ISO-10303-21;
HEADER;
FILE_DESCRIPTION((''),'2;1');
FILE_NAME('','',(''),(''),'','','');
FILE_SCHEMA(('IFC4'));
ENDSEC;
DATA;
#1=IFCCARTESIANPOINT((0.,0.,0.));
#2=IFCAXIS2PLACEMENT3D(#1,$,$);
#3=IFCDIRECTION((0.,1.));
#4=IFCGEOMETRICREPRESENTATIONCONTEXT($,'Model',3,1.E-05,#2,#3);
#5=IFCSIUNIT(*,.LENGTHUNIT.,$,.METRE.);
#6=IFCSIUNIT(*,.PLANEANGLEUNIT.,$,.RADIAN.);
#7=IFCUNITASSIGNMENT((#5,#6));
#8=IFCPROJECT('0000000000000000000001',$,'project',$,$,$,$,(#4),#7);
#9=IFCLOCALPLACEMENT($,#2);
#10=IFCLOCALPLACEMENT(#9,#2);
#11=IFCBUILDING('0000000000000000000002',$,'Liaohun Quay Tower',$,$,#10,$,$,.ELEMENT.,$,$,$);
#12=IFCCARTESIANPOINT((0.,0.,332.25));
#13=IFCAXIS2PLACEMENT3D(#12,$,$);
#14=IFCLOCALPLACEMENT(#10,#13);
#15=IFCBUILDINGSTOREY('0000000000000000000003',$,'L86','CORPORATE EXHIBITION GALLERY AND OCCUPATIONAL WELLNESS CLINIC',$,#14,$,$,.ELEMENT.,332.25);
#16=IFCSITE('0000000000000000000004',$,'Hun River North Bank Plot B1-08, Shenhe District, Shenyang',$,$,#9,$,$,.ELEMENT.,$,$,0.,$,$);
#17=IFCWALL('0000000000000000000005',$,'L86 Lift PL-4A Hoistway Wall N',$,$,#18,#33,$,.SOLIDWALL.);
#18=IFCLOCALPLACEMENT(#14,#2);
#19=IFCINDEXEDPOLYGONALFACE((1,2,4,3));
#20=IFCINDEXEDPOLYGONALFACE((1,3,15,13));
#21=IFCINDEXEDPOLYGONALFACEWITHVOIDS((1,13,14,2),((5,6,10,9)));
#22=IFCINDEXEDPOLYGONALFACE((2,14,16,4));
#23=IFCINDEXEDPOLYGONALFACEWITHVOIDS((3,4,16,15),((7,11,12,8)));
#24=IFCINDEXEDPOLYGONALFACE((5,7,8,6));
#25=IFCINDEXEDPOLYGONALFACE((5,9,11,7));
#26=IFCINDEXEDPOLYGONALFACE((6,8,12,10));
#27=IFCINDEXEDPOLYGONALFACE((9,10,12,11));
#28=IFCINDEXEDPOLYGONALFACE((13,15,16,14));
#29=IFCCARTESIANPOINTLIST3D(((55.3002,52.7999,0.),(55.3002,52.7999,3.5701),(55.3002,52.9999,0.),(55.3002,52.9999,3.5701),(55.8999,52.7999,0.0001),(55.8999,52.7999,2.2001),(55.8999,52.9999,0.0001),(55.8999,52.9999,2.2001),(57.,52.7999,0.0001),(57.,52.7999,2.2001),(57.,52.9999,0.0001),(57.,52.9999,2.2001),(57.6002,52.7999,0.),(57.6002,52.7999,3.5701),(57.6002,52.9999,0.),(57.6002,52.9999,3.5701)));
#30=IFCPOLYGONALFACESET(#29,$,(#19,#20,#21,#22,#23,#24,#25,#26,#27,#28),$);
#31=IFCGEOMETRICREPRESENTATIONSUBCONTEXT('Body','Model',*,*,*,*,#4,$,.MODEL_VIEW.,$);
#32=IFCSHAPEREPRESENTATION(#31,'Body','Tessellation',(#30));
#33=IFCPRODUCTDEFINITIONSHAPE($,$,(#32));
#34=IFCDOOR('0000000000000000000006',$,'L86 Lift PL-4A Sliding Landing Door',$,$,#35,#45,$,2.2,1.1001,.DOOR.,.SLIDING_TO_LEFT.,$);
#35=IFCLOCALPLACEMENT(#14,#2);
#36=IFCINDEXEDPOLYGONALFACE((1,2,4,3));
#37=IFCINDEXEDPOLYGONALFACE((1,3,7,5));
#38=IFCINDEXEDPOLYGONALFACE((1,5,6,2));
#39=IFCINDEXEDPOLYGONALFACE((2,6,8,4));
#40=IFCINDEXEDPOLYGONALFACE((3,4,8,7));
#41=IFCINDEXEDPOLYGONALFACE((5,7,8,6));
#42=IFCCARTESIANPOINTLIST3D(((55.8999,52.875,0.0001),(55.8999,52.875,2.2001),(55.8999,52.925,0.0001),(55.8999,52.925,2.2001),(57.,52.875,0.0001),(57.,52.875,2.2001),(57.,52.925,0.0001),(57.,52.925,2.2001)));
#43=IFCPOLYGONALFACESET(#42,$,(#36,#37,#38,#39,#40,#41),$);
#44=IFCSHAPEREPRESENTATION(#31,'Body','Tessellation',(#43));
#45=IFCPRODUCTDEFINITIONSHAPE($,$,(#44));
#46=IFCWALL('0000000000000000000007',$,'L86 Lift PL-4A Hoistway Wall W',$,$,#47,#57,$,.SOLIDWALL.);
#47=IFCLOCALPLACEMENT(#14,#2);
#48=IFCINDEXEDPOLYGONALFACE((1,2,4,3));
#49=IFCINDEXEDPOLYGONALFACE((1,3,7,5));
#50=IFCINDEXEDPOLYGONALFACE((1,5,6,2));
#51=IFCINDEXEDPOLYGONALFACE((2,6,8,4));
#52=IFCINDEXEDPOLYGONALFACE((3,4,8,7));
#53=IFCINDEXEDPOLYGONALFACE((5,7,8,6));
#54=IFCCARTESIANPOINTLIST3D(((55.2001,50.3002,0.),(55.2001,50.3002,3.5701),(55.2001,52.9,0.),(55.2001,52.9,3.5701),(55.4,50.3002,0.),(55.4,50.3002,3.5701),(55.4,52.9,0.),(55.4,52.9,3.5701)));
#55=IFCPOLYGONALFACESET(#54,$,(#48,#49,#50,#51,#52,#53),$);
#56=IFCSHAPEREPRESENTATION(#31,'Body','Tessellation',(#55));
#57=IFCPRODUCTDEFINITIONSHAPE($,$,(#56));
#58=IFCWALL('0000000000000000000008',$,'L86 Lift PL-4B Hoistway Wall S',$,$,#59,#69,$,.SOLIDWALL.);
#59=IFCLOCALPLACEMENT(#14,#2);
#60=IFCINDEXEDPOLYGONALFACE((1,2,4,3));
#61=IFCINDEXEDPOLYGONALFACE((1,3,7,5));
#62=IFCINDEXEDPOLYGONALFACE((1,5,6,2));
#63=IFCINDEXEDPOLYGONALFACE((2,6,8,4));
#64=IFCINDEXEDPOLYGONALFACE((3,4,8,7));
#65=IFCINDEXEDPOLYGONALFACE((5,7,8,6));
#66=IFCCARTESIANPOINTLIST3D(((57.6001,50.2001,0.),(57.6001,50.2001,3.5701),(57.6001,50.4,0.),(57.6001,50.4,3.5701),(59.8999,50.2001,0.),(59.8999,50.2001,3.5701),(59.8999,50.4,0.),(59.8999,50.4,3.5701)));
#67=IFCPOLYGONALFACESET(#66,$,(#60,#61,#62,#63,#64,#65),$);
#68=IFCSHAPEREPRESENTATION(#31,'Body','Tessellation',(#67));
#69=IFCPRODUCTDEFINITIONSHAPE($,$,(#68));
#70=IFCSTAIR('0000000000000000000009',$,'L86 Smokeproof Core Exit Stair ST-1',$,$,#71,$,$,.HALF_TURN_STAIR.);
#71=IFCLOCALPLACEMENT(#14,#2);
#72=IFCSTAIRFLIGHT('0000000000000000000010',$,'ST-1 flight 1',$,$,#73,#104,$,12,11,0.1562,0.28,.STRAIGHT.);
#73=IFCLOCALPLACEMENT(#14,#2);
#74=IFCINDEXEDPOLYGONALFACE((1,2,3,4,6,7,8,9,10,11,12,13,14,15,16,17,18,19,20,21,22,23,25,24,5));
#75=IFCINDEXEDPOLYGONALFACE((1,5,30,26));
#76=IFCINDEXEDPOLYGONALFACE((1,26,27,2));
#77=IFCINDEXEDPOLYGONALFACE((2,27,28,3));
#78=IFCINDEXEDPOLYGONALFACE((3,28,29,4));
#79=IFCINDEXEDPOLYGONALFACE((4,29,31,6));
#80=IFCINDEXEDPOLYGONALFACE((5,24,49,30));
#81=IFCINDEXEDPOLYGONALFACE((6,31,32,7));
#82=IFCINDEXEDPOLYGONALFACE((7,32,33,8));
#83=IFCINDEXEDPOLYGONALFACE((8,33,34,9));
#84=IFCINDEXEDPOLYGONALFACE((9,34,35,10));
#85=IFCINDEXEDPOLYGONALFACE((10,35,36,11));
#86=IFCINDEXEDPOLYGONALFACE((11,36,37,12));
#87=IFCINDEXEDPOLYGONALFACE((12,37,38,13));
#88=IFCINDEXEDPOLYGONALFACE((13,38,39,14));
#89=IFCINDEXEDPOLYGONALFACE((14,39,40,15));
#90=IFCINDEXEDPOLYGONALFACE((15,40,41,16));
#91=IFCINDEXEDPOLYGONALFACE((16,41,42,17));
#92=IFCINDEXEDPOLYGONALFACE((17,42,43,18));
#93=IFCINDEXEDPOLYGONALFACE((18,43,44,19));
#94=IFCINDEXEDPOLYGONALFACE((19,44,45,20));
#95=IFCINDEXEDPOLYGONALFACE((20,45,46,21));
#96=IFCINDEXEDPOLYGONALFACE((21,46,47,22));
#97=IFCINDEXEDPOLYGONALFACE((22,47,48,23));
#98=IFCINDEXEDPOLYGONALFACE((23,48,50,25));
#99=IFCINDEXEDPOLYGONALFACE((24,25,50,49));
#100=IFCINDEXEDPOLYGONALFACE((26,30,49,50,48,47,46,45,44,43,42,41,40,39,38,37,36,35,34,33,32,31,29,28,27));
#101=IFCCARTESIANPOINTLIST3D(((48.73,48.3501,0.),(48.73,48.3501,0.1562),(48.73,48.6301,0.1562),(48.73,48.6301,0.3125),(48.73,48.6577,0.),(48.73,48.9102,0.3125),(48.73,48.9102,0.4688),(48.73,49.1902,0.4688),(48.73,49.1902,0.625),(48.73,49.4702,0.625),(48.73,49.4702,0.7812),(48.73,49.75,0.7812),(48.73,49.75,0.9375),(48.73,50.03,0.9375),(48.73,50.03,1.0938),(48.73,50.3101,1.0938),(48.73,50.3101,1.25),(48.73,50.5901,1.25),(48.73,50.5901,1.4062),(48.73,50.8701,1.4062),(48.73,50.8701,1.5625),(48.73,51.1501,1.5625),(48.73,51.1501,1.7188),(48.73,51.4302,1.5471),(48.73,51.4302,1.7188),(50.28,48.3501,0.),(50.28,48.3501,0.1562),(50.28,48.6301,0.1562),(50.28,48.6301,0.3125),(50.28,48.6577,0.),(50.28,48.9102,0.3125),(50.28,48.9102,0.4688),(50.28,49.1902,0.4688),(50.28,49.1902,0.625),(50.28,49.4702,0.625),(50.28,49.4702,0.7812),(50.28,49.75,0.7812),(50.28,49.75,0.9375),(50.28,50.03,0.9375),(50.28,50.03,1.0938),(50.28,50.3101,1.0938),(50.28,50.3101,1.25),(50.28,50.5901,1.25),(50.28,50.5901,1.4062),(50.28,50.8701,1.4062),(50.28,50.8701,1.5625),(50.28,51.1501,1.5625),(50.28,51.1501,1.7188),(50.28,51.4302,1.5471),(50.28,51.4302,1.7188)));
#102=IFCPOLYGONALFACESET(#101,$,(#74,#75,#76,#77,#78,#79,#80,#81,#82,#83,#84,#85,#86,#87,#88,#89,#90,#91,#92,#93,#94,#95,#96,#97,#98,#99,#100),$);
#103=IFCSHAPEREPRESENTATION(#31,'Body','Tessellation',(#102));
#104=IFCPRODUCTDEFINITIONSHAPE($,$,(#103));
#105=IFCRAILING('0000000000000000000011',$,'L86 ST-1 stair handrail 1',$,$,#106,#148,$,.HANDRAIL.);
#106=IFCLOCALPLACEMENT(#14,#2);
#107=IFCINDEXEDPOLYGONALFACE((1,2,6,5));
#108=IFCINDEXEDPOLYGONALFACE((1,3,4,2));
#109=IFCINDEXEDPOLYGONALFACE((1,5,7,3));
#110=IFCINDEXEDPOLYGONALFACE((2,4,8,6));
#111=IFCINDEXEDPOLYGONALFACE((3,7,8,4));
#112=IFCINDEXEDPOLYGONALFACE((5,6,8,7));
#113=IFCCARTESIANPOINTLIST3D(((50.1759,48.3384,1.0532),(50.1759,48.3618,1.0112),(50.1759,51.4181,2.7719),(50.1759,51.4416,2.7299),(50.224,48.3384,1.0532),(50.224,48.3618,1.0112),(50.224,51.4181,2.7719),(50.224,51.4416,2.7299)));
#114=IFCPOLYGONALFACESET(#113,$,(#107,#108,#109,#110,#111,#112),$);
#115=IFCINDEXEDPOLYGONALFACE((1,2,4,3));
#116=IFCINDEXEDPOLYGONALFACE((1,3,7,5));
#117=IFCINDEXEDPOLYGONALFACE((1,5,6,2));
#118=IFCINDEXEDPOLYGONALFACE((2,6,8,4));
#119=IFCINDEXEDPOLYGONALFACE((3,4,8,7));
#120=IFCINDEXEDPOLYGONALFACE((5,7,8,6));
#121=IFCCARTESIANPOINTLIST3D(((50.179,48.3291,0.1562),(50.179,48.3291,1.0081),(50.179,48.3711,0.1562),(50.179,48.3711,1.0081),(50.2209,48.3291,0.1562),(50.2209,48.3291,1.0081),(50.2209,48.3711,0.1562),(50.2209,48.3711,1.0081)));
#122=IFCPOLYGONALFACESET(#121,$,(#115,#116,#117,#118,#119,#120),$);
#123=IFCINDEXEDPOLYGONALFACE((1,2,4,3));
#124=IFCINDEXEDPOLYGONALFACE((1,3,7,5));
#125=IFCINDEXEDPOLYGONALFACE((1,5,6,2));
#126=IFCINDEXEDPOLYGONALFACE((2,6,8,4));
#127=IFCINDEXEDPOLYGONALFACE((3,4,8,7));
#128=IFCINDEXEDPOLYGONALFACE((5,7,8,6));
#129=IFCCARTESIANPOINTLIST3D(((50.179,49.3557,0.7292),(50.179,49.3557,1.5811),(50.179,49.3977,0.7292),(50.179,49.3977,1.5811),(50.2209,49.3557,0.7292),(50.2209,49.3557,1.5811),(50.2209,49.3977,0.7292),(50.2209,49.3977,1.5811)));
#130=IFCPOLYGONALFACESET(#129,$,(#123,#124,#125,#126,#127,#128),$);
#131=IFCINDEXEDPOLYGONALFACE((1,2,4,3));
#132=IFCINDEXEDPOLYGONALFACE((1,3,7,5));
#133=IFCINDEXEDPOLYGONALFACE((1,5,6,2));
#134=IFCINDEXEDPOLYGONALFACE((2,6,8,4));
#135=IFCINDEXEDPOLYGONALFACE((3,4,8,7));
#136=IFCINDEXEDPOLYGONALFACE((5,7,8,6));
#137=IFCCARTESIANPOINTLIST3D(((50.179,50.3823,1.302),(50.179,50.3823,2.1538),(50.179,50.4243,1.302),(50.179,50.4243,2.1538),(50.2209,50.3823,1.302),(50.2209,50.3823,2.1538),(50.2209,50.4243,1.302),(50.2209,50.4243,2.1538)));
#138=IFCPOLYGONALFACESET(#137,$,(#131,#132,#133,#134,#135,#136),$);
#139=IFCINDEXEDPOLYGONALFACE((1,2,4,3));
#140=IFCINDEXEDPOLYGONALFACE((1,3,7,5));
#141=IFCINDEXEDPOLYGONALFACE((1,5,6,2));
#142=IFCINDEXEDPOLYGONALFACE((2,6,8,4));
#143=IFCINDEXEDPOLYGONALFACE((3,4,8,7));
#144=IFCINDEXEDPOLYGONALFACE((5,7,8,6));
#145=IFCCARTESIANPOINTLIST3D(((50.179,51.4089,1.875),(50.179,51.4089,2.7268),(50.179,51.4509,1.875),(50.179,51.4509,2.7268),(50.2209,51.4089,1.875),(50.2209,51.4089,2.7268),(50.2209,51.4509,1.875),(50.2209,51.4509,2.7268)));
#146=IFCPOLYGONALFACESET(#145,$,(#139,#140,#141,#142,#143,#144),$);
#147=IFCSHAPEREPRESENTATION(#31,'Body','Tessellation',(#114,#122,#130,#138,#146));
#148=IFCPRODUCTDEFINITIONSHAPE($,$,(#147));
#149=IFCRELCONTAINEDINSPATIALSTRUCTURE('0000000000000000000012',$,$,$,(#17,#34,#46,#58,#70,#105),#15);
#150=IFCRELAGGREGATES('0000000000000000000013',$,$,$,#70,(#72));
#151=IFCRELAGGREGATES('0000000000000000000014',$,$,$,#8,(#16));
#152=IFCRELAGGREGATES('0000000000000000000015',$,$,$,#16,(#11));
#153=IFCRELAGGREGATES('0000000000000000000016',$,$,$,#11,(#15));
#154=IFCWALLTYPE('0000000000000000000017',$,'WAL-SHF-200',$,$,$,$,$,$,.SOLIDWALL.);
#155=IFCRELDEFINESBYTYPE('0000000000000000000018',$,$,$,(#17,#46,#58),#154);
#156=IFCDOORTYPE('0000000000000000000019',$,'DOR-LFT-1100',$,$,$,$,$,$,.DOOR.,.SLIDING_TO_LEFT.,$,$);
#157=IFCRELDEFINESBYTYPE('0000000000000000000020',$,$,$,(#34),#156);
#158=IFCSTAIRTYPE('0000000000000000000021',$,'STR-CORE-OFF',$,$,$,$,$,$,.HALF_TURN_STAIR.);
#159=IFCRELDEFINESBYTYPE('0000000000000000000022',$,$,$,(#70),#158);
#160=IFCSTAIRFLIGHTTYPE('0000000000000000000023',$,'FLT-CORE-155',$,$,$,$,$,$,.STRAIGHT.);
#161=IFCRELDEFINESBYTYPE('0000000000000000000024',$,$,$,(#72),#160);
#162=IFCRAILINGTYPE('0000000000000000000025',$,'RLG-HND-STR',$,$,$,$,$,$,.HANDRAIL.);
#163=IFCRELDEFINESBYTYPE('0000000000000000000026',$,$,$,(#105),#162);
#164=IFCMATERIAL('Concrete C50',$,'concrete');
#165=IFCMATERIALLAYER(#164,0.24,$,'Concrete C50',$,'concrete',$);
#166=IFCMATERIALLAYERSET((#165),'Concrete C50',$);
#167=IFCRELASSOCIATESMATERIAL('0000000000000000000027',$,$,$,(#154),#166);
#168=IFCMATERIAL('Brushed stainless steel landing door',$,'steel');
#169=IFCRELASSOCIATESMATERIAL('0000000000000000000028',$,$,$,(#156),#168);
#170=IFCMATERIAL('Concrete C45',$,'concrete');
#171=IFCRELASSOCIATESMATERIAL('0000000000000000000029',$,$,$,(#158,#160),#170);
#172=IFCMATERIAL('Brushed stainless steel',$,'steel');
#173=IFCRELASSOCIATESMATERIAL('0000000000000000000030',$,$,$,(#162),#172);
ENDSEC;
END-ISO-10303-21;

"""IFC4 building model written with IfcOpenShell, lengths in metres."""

from ifc_helpers import new_model, si_unit, direction, frame, frame_2d, origin, origin_2d, place, context, subcontext, project, spatial, polyline, rectangle, outline, extrude, source, transform, mapped, material, layer, layer_set, type_object, element, fill, aggregate, save


model = new_model("IFC4")

# Units and contexts
model_context = context("Model", 3, precision=1e-05, world=origin(), true_north=direction((0.0, 1.0)))
body_context = subcontext(model_context, "Body", "Model", "MODEL_VIEW")
ifc_project = project(units=[si_unit("LENGTHUNIT", "METRE"), si_unit("PLANEANGLEUNIT", "RADIAN")], contexts=[model_context])

# Site, building, storey
site_placement = place(None, origin())
site = spatial("IfcSite", under=ifc_project, at=site_placement, Name="Hun River North Bank Plot B1-08, Shenhe District, Shenyang", CompositionType="ELEMENT", RefElevation=0.0)
building_placement = place(site_placement, origin())
building = spatial("IfcBuilding", under=site, at=building_placement, Name="Liaohun Quay Tower", CompositionType="ELEMENT")
storey_placement = place(building_placement, frame((0.0, 0.0, 332.25)))
storey = spatial("IfcBuildingStorey", under=building, at=storey_placement, Name="L86", Description="CORPORATE EXHIBITION GALLERY AND OCCUPATIONAL WELLNESS CLINIC", CompositionType="ELEMENT", Elevation=332.25)

# Shared definitions
ifc_material_1 = material(Name="Concrete C50", Category="concrete")

# Shared definitions
ifc_layer_1 = layer(ifc_material_1, 0.24, Name="Concrete C50", Category="concrete")
ifc_layer_set_1 = layer_set([ifc_layer_1], Name="Concrete C50")
wall_type_1 = type_object("IfcWallType", Name="WAL-SHF-200", PredefinedType="SOLIDWALL", material=ifc_layer_set_1)

# Wall, opening, door
wall_1_placement = place(storey_placement, frame((57.6001, 52.8999, 0.0), z_axis=(0.0, 0.0, 1.0), x_axis=(-1.0, 0.0, 0.0)))
wall_1 = element("IfcWall", 1, at=wall_1_placement, inside=storey, type_object=wall_type_1, Name="L86 Lift PL-4A Hoistway Wall N", PredefinedType="SOLIDWALL", context=body_context, shape_type="SweptSolid", body=[
    extrude(rectangle(XDim=2.3, YDim=0.2, at=frame_2d((1.1499, 0.0))), origin(), (0.0, 0.0, 1.0), 3.5701),
])
shared_shape_1 = source(origin(), body_context, "Body", "SweptSolid", [
    extrude(rectangle(XDim=1.1001, YDim=2.2, at=frame_2d((0.55, 1.1001))), frame((0.0, 0.1099, 0.0), z_axis=(0.0, -1.0, 0.0), x_axis=(1.0, 0.0, 0.0)), (0.0, 0.0, 1.0), 0.22),
])
opening_1_placement = place(wall_1_placement, frame((0.6001, 0.0, 0.0)))
opening_1 = element("IfcOpeningElement", 2, at=opening_1_placement, cuts=wall_1, PredefinedType="OPENING", context=body_context, shape_type="MappedRepresentation", body=[
    mapped(shared_shape_1, transform((0.0, 0.0, 0.0), x_axis=(1.0, 0.0, 0.0), y_axis=(0.0, 1.0, 0.0), z_axis=(0.0, 0.0, 1.0), scale=1.0)),
])
ifc_material_2 = material(Name="Brushed stainless steel landing door", Category="steel")
door_type_1 = type_object("IfcDoorType", Name="DOR-LFT-1100", OperationType="SLIDING_TO_LEFT", PredefinedType="DOOR", material=ifc_material_2)
shared_shape_2 = source(origin(), body_context, "Body", "SweptSolid", [
    extrude(rectangle(XDim=1.1001, YDim=2.2, at=frame_2d((0.55, 1.1001))), frame((0.0, 0.0249, 0.0), z_axis=(0.0, -1.0, 0.0), x_axis=(1.0, 0.0, 0.0)), (0.0, 0.0, 1.0), 0.05),
])
door_1_placement = place(opening_1_placement, origin())
door_1 = element("IfcDoor", 3, at=door_1_placement, inside=storey, type_object=door_type_1, Name="L86 Lift PL-4A Sliding Landing Door", OperationType="SLIDING_TO_LEFT", OverallHeight=2.2, OverallWidth=1.1001, PredefinedType="DOOR", context=body_context, shape_type="MappedRepresentation", body=[
    mapped(shared_shape_2, transform((0.0, 0.0, 0.0), x_axis=(1.0, 0.0, 0.0), y_axis=(0.0, 1.0, 0.0), z_axis=(0.0, 0.0, 1.0), scale=1.0)),
])
fill(opening_1, door_1)

# Walls
wall_2_placement = place(storey_placement, frame((55.3, 52.8999, 0.0), z_axis=(0.0, 0.0, 1.0), x_axis=(0.0, -1.0, 0.0)))
element("IfcWall", 4, at=wall_2_placement, inside=storey, type_object=wall_type_1, Name="L86 Lift PL-4A Hoistway Wall W", PredefinedType="SOLIDWALL", context=body_context, shape_type="SweptSolid", body=[
    extrude(rectangle(XDim=2.5999, YDim=0.2, at=frame_2d((1.2998, 0.0))), origin(), (0.0, 0.0, 1.0), 3.5701),
])
wall_3_placement = place(storey_placement, frame((57.6001, 50.3, 0.0), z_axis=(0.0, 0.0, 1.0), x_axis=(1.0, 0.0, 0.0)))
element("IfcWall", 5, at=wall_3_placement, inside=storey, type_object=wall_type_1, Name="L86 Lift PL-4B Hoistway Wall S", PredefinedType="SOLIDWALL", context=body_context, shape_type="SweptSolid", body=[
    extrude(rectangle(XDim=2.2998, YDim=0.2, at=frame_2d((1.1499, 0.0))), origin(), (0.0, 0.0, 1.0), 3.5701),
])

# Stair, stair flight
ifc_material_3 = material(Name="Concrete C45", Category="concrete")
stair_type = type_object("IfcStairType", Name="STR-CORE-OFF", PredefinedType="HALF_TURN_STAIR", material=ifc_material_3)
stair_placement = place(storey_placement, origin())
stair = element("IfcStair", 6, at=stair_placement, inside=storey, type_object=stair_type, Name="L86 Smokeproof Core Exit Stair ST-1", PredefinedType="HALF_TURN_STAIR")
stair_flight_type = type_object("IfcStairFlightType", Name="FLT-CORE-155", PredefinedType="STRAIGHT", material=ifc_material_3)
stair_flight_placement = place(storey_placement, frame((49.5049, 48.3501, 0.0), z_axis=(0.0, 0.0, 1.0), x_axis=(0.0, 1.0, 0.0)))
stair_flight = element("IfcStairFlight", 7, at=stair_flight_placement, type_object=stair_flight_type, Name="ST-1 flight 1", NumberOfRisers=12, NumberOfTreads=11, PredefinedType="STRAIGHT", RiserHeight=0.1562, TreadLength=0.28, context=body_context, shape_type="SweptSolid", body=[
    extrude(outline(polyline([(0.0, 0.0), (0.0, 0.1562), (0.28, 0.1562), (0.28, 0.3125), (0.5601, 0.3125), (0.5601, 0.4688), (0.8401, 0.4688), (0.8401, 0.625), (1.1201, 0.625), (1.1201, 0.7812), (1.3999, 0.7812), (1.3999, 0.9375), (1.6799, 0.9375), (1.6799, 1.0938), (1.96, 1.0938), (1.96, 1.25), (2.24, 1.25), (2.24, 1.4062), (2.52, 1.4062), (2.52, 1.5625), (2.8, 1.5625), (2.8, 1.7188), (3.0801, 1.7188), (3.0801, 1.875), (3.0801, 1.5471), (0.3076, 0.0), (0.0, 0.0)])), frame((0.0, 0.7749, 0.0), z_axis=(0.0, -1.0, 0.0), x_axis=(1.0, 0.0, 0.0)), (0.0, 0.0, 1.0), 1.55),
])
aggregate(stair, [stair_flight])

# Railing
ifc_material_4 = material(Name="Brushed stainless steel", Category="steel")
railing_type = type_object("IfcRailingType", Name="RLG-HND-STR", PredefinedType="HANDRAIL", material=ifc_material_4)
railing_placement = place(storey_placement, frame((50.2, 48.3501, 0.1562)))
element("IfcRailing", 8, at=railing_placement, inside=storey, type_object=railing_type, Name="L86 ST-1 stair handrail 1", PredefinedType="HANDRAIL", context=body_context, shape_type="SweptSolid", body=[
    extrude(rectangle(XDim=0.0481, YDim=0.0481, at=origin_2d()), frame((0.0, 0.0, 0.876), z_axis=(0.0, 0.873225, 0.487317), x_axis=(-1.0, 0.0, 0.0)), (0.0, 0.0, 1.0), 3.5269),
    extrude(rectangle(XDim=0.042, YDim=0.042, at=origin_2d()), origin(), (0.0, 0.0, 1.0), 0.8518),
    extrude(rectangle(XDim=0.042, YDim=0.042, at=origin_2d()), frame((0.0, 1.0266, 0.573)), (0.0, 0.0, 1.0), 0.8518),
    extrude(rectangle(XDim=0.042, YDim=0.042, at=origin_2d()), frame((0.0, 2.0532, 1.1458)), (0.0, 0.0, 1.0), 0.8518),
    extrude(rectangle(XDim=0.042, YDim=0.042, at=origin_2d()), frame((0.0, 3.0798, 1.7188)), (0.0, 0.0, 1.0), 0.8518),
])

save(model, "model.ifc")
